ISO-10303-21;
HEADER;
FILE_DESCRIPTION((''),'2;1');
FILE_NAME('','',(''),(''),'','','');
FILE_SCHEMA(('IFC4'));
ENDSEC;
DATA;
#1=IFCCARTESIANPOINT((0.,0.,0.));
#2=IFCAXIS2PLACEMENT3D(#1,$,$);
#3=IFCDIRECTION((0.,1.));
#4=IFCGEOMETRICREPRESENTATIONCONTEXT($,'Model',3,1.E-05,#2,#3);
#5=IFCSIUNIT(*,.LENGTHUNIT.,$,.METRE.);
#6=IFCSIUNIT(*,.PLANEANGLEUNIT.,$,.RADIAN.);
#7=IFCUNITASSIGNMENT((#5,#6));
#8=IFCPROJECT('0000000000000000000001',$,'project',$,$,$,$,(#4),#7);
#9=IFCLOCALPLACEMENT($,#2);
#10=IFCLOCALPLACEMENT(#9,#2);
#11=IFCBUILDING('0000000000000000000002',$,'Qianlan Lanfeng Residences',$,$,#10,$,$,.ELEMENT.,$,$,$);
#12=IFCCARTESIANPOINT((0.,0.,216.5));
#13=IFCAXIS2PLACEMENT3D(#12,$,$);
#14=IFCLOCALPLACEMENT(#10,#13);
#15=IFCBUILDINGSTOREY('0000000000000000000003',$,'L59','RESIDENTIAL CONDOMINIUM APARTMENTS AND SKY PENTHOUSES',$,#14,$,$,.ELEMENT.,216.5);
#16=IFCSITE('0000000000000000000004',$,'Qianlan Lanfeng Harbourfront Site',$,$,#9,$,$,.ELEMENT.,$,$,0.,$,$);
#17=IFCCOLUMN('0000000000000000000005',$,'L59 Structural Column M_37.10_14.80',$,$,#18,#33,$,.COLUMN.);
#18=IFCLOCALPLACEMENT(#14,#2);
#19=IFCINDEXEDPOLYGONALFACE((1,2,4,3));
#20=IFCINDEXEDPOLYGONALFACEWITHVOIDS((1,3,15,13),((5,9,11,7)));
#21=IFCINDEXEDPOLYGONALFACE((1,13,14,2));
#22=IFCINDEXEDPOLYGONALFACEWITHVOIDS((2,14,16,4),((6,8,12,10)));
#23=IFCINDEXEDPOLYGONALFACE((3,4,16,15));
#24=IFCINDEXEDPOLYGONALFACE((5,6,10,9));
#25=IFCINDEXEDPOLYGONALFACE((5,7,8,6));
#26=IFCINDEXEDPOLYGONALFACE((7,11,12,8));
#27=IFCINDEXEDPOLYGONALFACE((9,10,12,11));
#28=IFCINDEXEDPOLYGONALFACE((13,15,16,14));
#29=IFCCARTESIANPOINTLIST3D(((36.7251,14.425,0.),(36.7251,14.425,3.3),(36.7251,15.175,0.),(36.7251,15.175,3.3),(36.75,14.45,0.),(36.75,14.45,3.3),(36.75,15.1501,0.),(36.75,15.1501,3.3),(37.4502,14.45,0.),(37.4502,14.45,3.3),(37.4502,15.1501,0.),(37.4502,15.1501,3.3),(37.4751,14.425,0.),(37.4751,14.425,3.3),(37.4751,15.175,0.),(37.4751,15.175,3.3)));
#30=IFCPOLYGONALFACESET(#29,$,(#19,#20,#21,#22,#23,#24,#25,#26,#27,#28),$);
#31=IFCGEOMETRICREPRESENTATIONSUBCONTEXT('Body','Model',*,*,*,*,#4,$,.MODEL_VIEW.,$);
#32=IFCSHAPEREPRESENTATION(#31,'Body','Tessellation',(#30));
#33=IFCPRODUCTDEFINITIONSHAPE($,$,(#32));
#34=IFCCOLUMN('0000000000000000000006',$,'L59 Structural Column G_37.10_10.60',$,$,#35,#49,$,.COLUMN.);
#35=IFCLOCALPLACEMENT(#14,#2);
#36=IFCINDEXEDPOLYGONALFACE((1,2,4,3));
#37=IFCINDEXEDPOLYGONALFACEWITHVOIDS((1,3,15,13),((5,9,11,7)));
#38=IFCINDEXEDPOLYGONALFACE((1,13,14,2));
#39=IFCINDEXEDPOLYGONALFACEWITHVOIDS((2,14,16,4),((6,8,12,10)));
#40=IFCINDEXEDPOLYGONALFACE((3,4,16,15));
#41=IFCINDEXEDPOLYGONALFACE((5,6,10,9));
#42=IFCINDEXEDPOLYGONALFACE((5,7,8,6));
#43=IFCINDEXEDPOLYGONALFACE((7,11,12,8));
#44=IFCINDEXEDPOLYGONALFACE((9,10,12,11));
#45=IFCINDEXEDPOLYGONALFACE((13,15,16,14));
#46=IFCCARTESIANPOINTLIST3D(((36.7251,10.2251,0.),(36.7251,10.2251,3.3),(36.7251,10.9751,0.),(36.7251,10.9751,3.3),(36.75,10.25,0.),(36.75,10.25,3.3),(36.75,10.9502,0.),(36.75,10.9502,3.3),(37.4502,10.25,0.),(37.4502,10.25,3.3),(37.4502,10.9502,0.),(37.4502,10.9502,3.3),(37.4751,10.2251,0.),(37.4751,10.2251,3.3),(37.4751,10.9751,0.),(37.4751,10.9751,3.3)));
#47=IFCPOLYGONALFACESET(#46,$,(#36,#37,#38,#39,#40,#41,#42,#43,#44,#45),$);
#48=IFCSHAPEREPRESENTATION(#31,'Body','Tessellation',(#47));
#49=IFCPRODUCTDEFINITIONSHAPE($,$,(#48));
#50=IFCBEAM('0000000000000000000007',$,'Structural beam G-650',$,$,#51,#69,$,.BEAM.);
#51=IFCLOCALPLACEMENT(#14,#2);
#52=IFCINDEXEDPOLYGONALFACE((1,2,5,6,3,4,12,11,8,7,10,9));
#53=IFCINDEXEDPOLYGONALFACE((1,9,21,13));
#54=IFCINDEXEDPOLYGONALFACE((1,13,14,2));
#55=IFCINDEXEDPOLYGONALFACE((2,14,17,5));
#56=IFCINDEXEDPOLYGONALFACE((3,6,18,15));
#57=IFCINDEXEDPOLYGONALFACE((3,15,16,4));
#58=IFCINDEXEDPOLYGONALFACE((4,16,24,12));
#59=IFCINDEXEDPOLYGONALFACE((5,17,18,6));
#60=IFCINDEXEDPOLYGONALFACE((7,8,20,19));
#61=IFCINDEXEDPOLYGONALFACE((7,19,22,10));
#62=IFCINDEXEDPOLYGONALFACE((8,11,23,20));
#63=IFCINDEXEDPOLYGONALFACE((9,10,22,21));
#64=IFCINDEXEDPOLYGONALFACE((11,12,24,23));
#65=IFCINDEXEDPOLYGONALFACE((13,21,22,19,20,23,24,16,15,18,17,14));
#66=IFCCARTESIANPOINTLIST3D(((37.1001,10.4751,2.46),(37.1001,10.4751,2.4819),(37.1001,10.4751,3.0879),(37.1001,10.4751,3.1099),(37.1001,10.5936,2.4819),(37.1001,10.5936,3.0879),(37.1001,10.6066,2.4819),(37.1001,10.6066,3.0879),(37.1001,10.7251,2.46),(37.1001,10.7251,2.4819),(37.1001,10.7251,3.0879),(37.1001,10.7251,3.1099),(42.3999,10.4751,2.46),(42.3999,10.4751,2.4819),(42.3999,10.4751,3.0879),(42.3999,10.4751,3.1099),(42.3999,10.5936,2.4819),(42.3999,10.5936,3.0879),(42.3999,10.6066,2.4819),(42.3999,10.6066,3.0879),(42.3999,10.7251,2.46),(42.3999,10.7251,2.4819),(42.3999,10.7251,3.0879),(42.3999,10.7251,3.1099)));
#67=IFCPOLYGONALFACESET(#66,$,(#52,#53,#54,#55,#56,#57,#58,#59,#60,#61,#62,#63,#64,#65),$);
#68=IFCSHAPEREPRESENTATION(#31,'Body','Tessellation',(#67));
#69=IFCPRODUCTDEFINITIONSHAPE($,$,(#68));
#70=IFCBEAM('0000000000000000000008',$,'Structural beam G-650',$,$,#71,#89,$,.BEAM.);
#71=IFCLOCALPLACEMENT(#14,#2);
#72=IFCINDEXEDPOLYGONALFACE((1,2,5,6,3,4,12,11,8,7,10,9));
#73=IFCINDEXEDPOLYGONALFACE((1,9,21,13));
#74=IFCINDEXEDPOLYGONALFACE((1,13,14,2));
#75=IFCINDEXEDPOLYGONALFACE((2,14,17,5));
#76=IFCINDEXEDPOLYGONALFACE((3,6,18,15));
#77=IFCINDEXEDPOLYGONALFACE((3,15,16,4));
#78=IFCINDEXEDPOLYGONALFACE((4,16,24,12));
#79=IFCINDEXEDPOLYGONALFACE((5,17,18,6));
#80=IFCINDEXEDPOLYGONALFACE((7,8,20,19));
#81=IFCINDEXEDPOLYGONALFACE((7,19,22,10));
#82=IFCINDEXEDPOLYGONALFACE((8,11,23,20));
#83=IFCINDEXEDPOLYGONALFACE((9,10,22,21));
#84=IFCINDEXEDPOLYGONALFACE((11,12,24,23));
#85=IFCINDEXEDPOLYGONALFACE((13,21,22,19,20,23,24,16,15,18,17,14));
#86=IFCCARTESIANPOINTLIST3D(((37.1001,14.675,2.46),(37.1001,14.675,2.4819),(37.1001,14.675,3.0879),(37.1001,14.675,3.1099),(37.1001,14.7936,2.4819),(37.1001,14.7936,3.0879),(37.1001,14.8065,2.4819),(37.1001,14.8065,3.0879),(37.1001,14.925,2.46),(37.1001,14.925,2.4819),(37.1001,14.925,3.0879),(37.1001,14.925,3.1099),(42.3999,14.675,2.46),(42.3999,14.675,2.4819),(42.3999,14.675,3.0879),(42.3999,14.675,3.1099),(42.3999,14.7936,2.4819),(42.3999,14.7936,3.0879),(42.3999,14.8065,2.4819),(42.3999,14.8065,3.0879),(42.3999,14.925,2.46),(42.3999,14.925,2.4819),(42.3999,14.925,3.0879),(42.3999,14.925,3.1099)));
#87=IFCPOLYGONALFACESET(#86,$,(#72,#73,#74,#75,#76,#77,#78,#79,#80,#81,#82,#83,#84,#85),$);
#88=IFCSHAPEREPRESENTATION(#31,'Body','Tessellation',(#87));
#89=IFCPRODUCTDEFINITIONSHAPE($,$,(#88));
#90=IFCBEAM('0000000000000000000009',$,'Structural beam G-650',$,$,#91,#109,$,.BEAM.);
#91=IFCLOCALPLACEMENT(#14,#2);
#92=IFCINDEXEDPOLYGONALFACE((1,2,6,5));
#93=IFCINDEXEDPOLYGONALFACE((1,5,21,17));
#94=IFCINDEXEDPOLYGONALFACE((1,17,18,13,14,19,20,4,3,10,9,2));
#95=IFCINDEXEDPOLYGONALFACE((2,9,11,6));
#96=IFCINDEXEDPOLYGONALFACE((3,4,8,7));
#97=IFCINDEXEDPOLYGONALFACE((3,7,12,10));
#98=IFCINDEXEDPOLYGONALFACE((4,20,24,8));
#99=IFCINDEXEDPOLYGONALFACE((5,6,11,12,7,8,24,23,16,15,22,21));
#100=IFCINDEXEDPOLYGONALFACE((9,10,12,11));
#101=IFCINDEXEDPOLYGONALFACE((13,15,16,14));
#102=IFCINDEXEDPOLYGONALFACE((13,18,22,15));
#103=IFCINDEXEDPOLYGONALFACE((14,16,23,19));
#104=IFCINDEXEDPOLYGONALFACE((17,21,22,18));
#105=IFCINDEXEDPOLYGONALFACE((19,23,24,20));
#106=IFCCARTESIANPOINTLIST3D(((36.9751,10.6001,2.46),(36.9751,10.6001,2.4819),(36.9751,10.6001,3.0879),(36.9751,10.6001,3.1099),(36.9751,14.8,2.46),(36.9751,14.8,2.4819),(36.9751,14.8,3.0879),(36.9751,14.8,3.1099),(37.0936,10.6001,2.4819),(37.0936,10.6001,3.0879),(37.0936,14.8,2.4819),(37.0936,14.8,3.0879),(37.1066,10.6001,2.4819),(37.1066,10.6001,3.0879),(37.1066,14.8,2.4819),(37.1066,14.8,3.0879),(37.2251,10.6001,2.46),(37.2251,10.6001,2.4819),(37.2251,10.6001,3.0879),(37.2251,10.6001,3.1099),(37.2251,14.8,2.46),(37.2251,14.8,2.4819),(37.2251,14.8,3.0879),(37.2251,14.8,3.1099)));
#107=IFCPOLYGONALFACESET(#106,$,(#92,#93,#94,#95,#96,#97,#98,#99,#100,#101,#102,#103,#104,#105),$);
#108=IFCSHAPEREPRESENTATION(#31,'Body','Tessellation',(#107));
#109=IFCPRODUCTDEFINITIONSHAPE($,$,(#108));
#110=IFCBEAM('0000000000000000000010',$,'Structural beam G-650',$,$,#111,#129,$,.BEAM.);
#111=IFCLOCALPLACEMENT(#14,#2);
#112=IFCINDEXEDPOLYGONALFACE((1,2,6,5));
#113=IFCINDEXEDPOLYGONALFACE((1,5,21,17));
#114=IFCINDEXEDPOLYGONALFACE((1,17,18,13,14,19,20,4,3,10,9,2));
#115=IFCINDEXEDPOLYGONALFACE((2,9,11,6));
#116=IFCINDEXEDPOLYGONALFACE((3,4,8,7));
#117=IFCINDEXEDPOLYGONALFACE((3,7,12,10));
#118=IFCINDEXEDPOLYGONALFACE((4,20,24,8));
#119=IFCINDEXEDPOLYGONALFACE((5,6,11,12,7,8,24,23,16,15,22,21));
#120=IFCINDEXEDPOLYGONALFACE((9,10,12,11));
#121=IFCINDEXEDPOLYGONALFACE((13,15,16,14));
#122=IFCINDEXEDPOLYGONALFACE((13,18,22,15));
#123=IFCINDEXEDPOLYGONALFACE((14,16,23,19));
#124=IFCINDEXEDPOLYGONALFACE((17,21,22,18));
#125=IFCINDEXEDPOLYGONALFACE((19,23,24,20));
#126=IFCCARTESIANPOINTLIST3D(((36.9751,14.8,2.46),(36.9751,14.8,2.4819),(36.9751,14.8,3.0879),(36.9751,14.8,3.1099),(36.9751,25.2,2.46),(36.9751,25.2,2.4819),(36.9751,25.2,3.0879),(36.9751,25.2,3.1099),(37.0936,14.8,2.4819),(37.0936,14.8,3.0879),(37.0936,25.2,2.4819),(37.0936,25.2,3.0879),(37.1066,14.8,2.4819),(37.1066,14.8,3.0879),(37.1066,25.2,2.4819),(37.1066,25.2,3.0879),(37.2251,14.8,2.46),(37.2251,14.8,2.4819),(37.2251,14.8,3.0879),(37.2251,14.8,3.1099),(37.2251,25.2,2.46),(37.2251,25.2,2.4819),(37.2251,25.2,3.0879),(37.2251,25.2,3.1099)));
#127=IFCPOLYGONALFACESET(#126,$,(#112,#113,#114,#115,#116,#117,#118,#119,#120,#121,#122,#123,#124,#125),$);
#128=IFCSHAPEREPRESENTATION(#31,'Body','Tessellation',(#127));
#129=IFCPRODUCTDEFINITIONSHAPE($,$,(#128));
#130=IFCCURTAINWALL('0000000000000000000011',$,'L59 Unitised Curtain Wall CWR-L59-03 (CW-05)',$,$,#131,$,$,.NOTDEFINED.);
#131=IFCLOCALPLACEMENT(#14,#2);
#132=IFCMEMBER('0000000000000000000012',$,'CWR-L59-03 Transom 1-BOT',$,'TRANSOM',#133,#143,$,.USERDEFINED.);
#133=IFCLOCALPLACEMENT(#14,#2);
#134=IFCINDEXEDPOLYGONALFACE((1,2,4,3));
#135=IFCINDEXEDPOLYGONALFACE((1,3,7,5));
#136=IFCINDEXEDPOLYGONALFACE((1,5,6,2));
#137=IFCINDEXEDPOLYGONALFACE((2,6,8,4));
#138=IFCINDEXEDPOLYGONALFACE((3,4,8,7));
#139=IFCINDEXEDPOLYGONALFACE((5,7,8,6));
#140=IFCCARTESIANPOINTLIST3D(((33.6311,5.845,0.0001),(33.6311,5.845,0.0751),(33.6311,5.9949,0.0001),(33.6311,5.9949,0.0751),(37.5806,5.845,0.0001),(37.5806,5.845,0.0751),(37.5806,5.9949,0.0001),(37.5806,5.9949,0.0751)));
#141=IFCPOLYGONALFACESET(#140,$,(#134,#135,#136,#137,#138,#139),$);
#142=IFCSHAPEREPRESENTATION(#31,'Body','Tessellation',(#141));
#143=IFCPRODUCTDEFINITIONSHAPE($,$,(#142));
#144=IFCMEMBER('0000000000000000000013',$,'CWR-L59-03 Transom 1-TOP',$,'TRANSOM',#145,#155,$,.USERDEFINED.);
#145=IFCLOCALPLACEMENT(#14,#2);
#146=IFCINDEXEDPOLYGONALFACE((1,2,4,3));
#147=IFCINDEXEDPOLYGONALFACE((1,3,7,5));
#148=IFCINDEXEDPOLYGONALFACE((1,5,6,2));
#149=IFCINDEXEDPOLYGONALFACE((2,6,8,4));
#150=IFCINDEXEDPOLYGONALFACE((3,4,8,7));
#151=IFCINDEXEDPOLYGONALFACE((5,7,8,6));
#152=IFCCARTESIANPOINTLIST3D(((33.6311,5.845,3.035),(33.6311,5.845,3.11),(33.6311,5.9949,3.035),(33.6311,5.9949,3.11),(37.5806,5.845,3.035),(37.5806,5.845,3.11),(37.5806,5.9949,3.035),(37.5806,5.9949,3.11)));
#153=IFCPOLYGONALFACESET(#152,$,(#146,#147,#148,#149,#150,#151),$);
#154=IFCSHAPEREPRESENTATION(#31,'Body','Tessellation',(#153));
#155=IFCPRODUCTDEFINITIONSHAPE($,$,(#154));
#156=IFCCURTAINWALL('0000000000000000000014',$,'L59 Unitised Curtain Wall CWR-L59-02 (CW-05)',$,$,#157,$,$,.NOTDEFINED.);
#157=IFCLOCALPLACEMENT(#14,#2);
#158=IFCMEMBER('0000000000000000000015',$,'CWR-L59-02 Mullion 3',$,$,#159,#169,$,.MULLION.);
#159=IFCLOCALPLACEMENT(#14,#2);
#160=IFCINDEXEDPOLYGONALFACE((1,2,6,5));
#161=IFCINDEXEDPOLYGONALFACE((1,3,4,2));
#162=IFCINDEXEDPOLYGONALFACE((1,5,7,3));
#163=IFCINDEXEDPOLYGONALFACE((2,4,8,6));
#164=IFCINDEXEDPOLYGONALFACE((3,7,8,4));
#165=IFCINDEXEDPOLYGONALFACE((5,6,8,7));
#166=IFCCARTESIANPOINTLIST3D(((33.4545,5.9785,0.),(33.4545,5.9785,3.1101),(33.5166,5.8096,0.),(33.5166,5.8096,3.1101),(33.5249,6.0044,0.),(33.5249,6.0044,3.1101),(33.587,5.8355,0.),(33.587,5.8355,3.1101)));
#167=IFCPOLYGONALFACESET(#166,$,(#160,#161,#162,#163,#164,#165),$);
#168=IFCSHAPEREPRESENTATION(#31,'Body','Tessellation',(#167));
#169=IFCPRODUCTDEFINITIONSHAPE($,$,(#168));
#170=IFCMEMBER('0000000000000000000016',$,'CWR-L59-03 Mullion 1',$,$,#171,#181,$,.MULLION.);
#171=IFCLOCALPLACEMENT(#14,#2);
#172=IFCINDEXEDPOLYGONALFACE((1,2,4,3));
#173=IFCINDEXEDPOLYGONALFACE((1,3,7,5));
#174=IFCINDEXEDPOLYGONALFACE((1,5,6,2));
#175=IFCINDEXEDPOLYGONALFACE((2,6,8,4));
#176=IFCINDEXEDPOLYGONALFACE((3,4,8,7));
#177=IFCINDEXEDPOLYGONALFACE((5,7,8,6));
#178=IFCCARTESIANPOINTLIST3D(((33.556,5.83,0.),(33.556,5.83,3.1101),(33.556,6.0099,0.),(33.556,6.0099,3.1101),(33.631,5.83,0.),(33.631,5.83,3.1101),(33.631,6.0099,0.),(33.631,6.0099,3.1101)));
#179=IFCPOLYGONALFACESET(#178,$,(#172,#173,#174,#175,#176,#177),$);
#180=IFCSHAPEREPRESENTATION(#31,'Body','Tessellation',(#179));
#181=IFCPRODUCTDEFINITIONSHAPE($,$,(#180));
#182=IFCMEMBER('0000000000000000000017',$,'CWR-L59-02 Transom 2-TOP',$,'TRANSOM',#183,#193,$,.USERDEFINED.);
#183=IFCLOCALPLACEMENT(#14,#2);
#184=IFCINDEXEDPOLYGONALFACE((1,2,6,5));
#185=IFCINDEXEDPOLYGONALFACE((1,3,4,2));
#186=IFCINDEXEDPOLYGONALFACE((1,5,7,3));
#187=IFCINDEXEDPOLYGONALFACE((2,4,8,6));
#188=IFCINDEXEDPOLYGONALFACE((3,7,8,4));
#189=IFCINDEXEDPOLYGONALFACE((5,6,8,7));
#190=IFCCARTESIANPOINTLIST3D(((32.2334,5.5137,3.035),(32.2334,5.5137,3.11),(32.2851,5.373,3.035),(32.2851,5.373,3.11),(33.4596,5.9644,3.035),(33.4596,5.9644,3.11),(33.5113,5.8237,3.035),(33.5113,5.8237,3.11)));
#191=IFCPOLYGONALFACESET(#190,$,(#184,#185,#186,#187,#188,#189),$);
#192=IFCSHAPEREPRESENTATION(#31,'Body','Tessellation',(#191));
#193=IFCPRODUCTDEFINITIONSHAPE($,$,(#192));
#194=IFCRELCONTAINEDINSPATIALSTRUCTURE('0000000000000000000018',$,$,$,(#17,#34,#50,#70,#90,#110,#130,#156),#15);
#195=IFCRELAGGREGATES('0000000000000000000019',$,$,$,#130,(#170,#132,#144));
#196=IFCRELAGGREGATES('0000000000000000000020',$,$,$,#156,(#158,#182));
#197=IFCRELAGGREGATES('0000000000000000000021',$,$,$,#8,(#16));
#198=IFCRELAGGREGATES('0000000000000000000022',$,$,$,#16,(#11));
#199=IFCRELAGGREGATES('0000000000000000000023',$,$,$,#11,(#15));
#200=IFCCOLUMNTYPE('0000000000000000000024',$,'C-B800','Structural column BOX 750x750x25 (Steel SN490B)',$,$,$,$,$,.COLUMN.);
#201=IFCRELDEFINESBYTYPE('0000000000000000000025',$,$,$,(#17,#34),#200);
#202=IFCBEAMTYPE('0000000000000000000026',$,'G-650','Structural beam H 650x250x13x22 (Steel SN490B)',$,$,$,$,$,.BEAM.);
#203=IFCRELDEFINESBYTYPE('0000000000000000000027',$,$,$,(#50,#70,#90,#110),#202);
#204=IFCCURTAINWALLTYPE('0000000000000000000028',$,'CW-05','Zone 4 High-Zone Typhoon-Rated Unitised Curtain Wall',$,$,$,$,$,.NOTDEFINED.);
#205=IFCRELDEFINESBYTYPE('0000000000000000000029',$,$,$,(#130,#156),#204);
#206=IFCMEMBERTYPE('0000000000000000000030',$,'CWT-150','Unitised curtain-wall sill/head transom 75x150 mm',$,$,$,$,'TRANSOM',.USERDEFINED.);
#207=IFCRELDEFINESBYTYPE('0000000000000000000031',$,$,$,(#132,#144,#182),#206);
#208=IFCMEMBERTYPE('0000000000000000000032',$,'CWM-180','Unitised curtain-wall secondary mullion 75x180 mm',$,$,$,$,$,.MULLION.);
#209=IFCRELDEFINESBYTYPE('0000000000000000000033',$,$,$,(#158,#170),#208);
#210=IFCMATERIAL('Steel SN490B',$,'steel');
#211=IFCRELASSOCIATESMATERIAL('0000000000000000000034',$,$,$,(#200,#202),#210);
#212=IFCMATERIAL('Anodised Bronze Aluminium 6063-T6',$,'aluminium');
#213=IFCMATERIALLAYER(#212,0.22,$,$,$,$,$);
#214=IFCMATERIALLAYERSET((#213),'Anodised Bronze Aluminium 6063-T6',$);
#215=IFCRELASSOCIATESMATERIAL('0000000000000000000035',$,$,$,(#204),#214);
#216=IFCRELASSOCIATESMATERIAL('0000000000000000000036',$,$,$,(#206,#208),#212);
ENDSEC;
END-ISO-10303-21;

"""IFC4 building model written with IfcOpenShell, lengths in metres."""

from ifc_helpers import new_model, si_unit, direction, frame, origin, origin_2d, place, context, subcontext, project, spatial, rectangle, hollow_rectangle, i_section, extrude, source, transform, mapped, material, layer, layer_set, material_profile, profile_set, type_object, element, aggregate, save


model = new_model("IFC4")

# Units and contexts
model_context = context("Model", 3, precision=1e-05, world=origin(), true_north=direction((0.0, 1.0)))
body_context = subcontext(model_context, "Body", "Model", "MODEL_VIEW")
ifc_project = project(units=[si_unit("LENGTHUNIT", "METRE"), si_unit("PLANEANGLEUNIT", "RADIAN")], contexts=[model_context])

# Site, building, storey
site_placement = place(None, origin())
site = spatial("IfcSite", under=ifc_project, at=site_placement, Name="Qianlan Lanfeng Harbourfront Site", CompositionType="ELEMENT", RefElevation=0.0)
building_placement = place(site_placement, origin())
building = spatial("IfcBuilding", under=site, at=building_placement, Name="Qianlan Lanfeng Residences", CompositionType="ELEMENT")
storey_placement = place(building_placement, frame((0.0, 0.0, 216.5)))
storey = spatial("IfcBuildingStorey", under=building, at=storey_placement, Name="L59", Description="RESIDENTIAL CONDOMINIUM APARTMENTS AND SKY PENTHOUSES", CompositionType="ELEMENT", Elevation=216.5)

# Columns
ifc_material_1 = material(Name="Steel SN490B", Category="steel")
ifc_material_profile_1 = material_profile(ifc_material_1, hollow_rectangle(XDim=0.75, YDim=0.75, WallThickness=0.0249, at=origin_2d()), Name="BOX 750x750x25")
ifc_profile_set_1 = profile_set([ifc_material_profile_1], Name="Steel SN490B")
column_type = type_object("IfcColumnType", Name="C-B800", Description="Structural column BOX 750x750x25 (Steel SN490B)", PredefinedType="COLUMN", material=ifc_profile_set_1)
for number, where, z_axis, x_axis, name in (
    (1, (37.1001, 14.8, 0.0), (0.0, 0.0, 1.0), (1.0, 0.0, 0.0), "L59 Structural Column M_37.10_14.80"),
    (2, (37.1001, 10.6001, 0.0), (0.0, 0.0, 1.0), (1.0, 0.0, 0.0), "L59 Structural Column G_37.10_10.60"),
):
    element("IfcColumn", number, at=place(storey_placement, frame(where, z_axis=z_axis, x_axis=x_axis)), inside=storey, type_object=column_type, Name=name, PredefinedType="COLUMN", context=body_context, shape_type="SweptSolid", body=[
        extrude(hollow_rectangle(XDim=0.75, YDim=0.75, WallThickness=0.0249, at=origin_2d()), origin(), (0.0, 0.0, 1.0), 3.3),
    ])

# Beams
ifc_material_profile_2 = material_profile(ifc_material_1, i_section(OverallWidth=0.25, OverallDepth=0.6499, WebThickness=0.0129, FlangeThickness=0.022, at=origin_2d()), Name="H 650x250x13x22")
ifc_profile_set_2 = profile_set([ifc_material_profile_2], Name="Steel SN490B")
beam_type = type_object("IfcBeamType", Name="G-650", Description="Structural beam H 650x250x13x22 (Steel SN490B)", PredefinedType="BEAM", material=ifc_profile_set_2)
for number, where, z_axis, x_axis, name in (
    (3, (37.1001, 10.6001, 2.7849), (1.0, 0.0, 0.0), (0.0, 1.0, 0.0), "Structural beam G-650"),
    (4, (37.1001, 14.8, 2.7849), (1.0, 0.0, 0.0), (0.0, 1.0, 0.0), "Structural beam G-650"),
):
    element("IfcBeam", number, at=place(storey_placement, frame(where, z_axis=z_axis, x_axis=x_axis)), inside=storey, type_object=beam_type, Name=name, PredefinedType="BEAM", context=body_context, shape_type="SweptSolid", body=[
        extrude(i_section(OverallWidth=0.25, OverallDepth=0.6499, WebThickness=0.0129, FlangeThickness=0.022, at=origin_2d()), origin(), (0.0, 0.0, 1.0), 5.2998),
    ])
beam_1_placement = place(storey_placement, frame((37.1001, 10.6001, 2.7849), z_axis=(0.0, 1.0, 0.0), x_axis=(-1.0, 0.0, 0.0)))
element("IfcBeam", 5, at=beam_1_placement, inside=storey, type_object=beam_type, Name="Structural beam G-650", PredefinedType="BEAM", context=body_context, shape_type="SweptSolid", body=[
    extrude(i_section(OverallWidth=0.25, OverallDepth=0.6499, WebThickness=0.0129, FlangeThickness=0.022, at=origin_2d()), origin(), (0.0, 0.0, 1.0), 4.2),
])
beam_2_placement = place(storey_placement, frame((37.1001, 14.8, 2.7849), z_axis=(0.0, 1.0, 0.0), x_axis=(-1.0, 0.0, 0.0)))
element("IfcBeam", 6, at=beam_2_placement, inside=storey, type_object=beam_type, Name="Structural beam G-650", PredefinedType="BEAM", context=body_context, shape_type="SweptSolid", body=[
    extrude(i_section(OverallWidth=0.25, OverallDepth=0.6499, WebThickness=0.0129, FlangeThickness=0.022, at=origin_2d()), origin(), (0.0, 0.0, 1.0), 10.3999),
])

# Curtain wall, members
ifc_material_2 = material(Name="Anodised Bronze Aluminium 6063-T6", Category="aluminium")
ifc_layer_1 = layer(ifc_material_2, 0.22)
ifc_layer_set_1 = layer_set([ifc_layer_1], Name="Anodised Bronze Aluminium 6063-T6")
curtain_wall_type = type_object("IfcCurtainWallType", Name="CW-05", Description="Zone 4 High-Zone Typhoon-Rated Unitised Curtain Wall", PredefinedType="NOTDEFINED", material=ifc_layer_set_1)
curtain_wall_1_placement = place(storey_placement, origin())
curtain_wall_1 = element("IfcCurtainWall", 7, at=curtain_wall_1_placement, inside=storey, type_object=curtain_wall_type, Name="L59 Unitised Curtain Wall CWR-L59-03 (CW-05)", PredefinedType="NOTDEFINED")
ifc_material_profile_3 = material_profile(ifc_material_2, rectangle(XDim=0.075, YDim=0.1499, at=origin_2d()), Name="ALU TRANSOM 75x150")
ifc_profile_set_3 = profile_set([ifc_material_profile_3], Name="Anodised Bronze Aluminium 6063-T6")
member_type_1 = type_object("IfcMemberType", Name="CWT-150", Description="Unitised curtain-wall sill/head transom 75x150 mm", ElementType="TRANSOM", PredefinedType="USERDEFINED", material=ifc_profile_set_3)
shared_shape_1 = source(origin(), body_context, "Body", "SweptSolid", [
    extrude(rectangle(XDim=0.075, YDim=0.1499, at=origin_2d()), origin(), (0.0, 0.0, 1.0), 3.9495),
])
member_1_placement = place(storey_placement, frame((33.6311, 5.9199, 0.0376), z_axis=(1.0, 0.0, 0.0), x_axis=(0.0, 0.0, 1.0)))
member_1 = element("IfcMember", 8, at=member_1_placement, type_object=member_type_1, Name="CWR-L59-03 Transom 1-BOT", ObjectType="TRANSOM", PredefinedType="USERDEFINED", context=body_context, shape_type="MappedRepresentation", body=[
    mapped(shared_shape_1, transform((0.0, 0.0, 0.0), scale=1.0)),
])
member_2_placement = place(storey_placement, frame((33.6311, 5.9199, 3.0725), z_axis=(1.0, 0.0, 0.0), x_axis=(0.0, 0.0, 1.0)))
member_2 = element("IfcMember", 9, at=member_2_placement, type_object=member_type_1, Name="CWR-L59-03 Transom 1-TOP", ObjectType="TRANSOM", PredefinedType="USERDEFINED", context=body_context, shape_type="MappedRepresentation", body=[
    mapped(shared_shape_1, transform((0.0, 0.0, 0.0), scale=1.0)),
])

# Curtain wall, member
curtain_wall_2_placement = place(storey_placement, origin())
curtain_wall_2 = element("IfcCurtainWall", 10, at=curtain_wall_2_placement, inside=storey, type_object=curtain_wall_type, Name="L59 Unitised Curtain Wall CWR-L59-02 (CW-05)", PredefinedType="NOTDEFINED")
ifc_material_profile_4 = material_profile(ifc_material_2, rectangle(XDim=0.075, YDim=0.1799, at=origin_2d()), Name="ALU MULLION 75x180")
ifc_profile_set_4 = profile_set([ifc_material_profile_4], Name="Anodised Bronze Aluminium 6063-T6")
member_type_2 = type_object("IfcMemberType", Name="CWM-180", Description="Unitised curtain-wall secondary mullion 75x180 mm", PredefinedType="MULLION", material=ifc_profile_set_4)
shared_shape_2 = source(origin(), body_context, "Body", "SweptSolid", [
    extrude(rectangle(XDim=0.075, YDim=0.1799, at=origin_2d()), origin(), (0.0, 0.0, 1.0), 3.1101),
])
member_3_placement = place(storey_placement, frame((33.5208, 5.907, 0.0), z_axis=(0.0, 0.0, 1.0), x_axis=(0.938626, 0.344938, 0.0)))
member_3 = element("IfcMember", 11, at=member_3_placement, type_object=member_type_2, Name="CWR-L59-02 Mullion 3", PredefinedType="MULLION", context=body_context, shape_type="MappedRepresentation", body=[
    mapped(shared_shape_2, transform((0.0, 0.0, 0.0), scale=1.0)),
])

# Members
member_4_placement = place(storey_placement, frame((33.5935, 5.9199, 0.0), z_axis=(0.0, 0.0, 1.0), x_axis=(1.0, 0.0, 0.0)))
member_4 = element("IfcMember", 12, at=member_4_placement, type_object=member_type_2, Name="CWR-L59-03 Mullion 1", PredefinedType="MULLION", context=body_context, shape_type="MappedRepresentation", body=[
    mapped(shared_shape_2, transform((0.0, 0.0, 0.0), scale=1.0)),
])
shared_shape_3 = source(origin(), body_context, "Body", "SweptSolid", [
    extrude(rectangle(XDim=0.075, YDim=0.1499, at=origin_2d()), origin(), (0.0, 0.0, 1.0), 1.3064),
])
member_5_placement = place(storey_placement, frame((32.2593, 5.4434, 3.0725), z_axis=(0.93862, 0.344952, 0.0), x_axis=(0.0, 0.0, 1.0)))
member_5 = element("IfcMember", 13, at=member_5_placement, type_object=member_type_1, Name="CWR-L59-02 Transom 2-TOP", ObjectType="TRANSOM", PredefinedType="USERDEFINED", context=body_context, shape_type="MappedRepresentation", body=[
    mapped(shared_shape_3, transform((0.0, 0.0, 0.0), scale=1.0)),
])

aggregate(curtain_wall_1, [member_4, member_1, member_2])
aggregate(curtain_wall_2, [member_3, member_5])

save(model, "model.ifc")
